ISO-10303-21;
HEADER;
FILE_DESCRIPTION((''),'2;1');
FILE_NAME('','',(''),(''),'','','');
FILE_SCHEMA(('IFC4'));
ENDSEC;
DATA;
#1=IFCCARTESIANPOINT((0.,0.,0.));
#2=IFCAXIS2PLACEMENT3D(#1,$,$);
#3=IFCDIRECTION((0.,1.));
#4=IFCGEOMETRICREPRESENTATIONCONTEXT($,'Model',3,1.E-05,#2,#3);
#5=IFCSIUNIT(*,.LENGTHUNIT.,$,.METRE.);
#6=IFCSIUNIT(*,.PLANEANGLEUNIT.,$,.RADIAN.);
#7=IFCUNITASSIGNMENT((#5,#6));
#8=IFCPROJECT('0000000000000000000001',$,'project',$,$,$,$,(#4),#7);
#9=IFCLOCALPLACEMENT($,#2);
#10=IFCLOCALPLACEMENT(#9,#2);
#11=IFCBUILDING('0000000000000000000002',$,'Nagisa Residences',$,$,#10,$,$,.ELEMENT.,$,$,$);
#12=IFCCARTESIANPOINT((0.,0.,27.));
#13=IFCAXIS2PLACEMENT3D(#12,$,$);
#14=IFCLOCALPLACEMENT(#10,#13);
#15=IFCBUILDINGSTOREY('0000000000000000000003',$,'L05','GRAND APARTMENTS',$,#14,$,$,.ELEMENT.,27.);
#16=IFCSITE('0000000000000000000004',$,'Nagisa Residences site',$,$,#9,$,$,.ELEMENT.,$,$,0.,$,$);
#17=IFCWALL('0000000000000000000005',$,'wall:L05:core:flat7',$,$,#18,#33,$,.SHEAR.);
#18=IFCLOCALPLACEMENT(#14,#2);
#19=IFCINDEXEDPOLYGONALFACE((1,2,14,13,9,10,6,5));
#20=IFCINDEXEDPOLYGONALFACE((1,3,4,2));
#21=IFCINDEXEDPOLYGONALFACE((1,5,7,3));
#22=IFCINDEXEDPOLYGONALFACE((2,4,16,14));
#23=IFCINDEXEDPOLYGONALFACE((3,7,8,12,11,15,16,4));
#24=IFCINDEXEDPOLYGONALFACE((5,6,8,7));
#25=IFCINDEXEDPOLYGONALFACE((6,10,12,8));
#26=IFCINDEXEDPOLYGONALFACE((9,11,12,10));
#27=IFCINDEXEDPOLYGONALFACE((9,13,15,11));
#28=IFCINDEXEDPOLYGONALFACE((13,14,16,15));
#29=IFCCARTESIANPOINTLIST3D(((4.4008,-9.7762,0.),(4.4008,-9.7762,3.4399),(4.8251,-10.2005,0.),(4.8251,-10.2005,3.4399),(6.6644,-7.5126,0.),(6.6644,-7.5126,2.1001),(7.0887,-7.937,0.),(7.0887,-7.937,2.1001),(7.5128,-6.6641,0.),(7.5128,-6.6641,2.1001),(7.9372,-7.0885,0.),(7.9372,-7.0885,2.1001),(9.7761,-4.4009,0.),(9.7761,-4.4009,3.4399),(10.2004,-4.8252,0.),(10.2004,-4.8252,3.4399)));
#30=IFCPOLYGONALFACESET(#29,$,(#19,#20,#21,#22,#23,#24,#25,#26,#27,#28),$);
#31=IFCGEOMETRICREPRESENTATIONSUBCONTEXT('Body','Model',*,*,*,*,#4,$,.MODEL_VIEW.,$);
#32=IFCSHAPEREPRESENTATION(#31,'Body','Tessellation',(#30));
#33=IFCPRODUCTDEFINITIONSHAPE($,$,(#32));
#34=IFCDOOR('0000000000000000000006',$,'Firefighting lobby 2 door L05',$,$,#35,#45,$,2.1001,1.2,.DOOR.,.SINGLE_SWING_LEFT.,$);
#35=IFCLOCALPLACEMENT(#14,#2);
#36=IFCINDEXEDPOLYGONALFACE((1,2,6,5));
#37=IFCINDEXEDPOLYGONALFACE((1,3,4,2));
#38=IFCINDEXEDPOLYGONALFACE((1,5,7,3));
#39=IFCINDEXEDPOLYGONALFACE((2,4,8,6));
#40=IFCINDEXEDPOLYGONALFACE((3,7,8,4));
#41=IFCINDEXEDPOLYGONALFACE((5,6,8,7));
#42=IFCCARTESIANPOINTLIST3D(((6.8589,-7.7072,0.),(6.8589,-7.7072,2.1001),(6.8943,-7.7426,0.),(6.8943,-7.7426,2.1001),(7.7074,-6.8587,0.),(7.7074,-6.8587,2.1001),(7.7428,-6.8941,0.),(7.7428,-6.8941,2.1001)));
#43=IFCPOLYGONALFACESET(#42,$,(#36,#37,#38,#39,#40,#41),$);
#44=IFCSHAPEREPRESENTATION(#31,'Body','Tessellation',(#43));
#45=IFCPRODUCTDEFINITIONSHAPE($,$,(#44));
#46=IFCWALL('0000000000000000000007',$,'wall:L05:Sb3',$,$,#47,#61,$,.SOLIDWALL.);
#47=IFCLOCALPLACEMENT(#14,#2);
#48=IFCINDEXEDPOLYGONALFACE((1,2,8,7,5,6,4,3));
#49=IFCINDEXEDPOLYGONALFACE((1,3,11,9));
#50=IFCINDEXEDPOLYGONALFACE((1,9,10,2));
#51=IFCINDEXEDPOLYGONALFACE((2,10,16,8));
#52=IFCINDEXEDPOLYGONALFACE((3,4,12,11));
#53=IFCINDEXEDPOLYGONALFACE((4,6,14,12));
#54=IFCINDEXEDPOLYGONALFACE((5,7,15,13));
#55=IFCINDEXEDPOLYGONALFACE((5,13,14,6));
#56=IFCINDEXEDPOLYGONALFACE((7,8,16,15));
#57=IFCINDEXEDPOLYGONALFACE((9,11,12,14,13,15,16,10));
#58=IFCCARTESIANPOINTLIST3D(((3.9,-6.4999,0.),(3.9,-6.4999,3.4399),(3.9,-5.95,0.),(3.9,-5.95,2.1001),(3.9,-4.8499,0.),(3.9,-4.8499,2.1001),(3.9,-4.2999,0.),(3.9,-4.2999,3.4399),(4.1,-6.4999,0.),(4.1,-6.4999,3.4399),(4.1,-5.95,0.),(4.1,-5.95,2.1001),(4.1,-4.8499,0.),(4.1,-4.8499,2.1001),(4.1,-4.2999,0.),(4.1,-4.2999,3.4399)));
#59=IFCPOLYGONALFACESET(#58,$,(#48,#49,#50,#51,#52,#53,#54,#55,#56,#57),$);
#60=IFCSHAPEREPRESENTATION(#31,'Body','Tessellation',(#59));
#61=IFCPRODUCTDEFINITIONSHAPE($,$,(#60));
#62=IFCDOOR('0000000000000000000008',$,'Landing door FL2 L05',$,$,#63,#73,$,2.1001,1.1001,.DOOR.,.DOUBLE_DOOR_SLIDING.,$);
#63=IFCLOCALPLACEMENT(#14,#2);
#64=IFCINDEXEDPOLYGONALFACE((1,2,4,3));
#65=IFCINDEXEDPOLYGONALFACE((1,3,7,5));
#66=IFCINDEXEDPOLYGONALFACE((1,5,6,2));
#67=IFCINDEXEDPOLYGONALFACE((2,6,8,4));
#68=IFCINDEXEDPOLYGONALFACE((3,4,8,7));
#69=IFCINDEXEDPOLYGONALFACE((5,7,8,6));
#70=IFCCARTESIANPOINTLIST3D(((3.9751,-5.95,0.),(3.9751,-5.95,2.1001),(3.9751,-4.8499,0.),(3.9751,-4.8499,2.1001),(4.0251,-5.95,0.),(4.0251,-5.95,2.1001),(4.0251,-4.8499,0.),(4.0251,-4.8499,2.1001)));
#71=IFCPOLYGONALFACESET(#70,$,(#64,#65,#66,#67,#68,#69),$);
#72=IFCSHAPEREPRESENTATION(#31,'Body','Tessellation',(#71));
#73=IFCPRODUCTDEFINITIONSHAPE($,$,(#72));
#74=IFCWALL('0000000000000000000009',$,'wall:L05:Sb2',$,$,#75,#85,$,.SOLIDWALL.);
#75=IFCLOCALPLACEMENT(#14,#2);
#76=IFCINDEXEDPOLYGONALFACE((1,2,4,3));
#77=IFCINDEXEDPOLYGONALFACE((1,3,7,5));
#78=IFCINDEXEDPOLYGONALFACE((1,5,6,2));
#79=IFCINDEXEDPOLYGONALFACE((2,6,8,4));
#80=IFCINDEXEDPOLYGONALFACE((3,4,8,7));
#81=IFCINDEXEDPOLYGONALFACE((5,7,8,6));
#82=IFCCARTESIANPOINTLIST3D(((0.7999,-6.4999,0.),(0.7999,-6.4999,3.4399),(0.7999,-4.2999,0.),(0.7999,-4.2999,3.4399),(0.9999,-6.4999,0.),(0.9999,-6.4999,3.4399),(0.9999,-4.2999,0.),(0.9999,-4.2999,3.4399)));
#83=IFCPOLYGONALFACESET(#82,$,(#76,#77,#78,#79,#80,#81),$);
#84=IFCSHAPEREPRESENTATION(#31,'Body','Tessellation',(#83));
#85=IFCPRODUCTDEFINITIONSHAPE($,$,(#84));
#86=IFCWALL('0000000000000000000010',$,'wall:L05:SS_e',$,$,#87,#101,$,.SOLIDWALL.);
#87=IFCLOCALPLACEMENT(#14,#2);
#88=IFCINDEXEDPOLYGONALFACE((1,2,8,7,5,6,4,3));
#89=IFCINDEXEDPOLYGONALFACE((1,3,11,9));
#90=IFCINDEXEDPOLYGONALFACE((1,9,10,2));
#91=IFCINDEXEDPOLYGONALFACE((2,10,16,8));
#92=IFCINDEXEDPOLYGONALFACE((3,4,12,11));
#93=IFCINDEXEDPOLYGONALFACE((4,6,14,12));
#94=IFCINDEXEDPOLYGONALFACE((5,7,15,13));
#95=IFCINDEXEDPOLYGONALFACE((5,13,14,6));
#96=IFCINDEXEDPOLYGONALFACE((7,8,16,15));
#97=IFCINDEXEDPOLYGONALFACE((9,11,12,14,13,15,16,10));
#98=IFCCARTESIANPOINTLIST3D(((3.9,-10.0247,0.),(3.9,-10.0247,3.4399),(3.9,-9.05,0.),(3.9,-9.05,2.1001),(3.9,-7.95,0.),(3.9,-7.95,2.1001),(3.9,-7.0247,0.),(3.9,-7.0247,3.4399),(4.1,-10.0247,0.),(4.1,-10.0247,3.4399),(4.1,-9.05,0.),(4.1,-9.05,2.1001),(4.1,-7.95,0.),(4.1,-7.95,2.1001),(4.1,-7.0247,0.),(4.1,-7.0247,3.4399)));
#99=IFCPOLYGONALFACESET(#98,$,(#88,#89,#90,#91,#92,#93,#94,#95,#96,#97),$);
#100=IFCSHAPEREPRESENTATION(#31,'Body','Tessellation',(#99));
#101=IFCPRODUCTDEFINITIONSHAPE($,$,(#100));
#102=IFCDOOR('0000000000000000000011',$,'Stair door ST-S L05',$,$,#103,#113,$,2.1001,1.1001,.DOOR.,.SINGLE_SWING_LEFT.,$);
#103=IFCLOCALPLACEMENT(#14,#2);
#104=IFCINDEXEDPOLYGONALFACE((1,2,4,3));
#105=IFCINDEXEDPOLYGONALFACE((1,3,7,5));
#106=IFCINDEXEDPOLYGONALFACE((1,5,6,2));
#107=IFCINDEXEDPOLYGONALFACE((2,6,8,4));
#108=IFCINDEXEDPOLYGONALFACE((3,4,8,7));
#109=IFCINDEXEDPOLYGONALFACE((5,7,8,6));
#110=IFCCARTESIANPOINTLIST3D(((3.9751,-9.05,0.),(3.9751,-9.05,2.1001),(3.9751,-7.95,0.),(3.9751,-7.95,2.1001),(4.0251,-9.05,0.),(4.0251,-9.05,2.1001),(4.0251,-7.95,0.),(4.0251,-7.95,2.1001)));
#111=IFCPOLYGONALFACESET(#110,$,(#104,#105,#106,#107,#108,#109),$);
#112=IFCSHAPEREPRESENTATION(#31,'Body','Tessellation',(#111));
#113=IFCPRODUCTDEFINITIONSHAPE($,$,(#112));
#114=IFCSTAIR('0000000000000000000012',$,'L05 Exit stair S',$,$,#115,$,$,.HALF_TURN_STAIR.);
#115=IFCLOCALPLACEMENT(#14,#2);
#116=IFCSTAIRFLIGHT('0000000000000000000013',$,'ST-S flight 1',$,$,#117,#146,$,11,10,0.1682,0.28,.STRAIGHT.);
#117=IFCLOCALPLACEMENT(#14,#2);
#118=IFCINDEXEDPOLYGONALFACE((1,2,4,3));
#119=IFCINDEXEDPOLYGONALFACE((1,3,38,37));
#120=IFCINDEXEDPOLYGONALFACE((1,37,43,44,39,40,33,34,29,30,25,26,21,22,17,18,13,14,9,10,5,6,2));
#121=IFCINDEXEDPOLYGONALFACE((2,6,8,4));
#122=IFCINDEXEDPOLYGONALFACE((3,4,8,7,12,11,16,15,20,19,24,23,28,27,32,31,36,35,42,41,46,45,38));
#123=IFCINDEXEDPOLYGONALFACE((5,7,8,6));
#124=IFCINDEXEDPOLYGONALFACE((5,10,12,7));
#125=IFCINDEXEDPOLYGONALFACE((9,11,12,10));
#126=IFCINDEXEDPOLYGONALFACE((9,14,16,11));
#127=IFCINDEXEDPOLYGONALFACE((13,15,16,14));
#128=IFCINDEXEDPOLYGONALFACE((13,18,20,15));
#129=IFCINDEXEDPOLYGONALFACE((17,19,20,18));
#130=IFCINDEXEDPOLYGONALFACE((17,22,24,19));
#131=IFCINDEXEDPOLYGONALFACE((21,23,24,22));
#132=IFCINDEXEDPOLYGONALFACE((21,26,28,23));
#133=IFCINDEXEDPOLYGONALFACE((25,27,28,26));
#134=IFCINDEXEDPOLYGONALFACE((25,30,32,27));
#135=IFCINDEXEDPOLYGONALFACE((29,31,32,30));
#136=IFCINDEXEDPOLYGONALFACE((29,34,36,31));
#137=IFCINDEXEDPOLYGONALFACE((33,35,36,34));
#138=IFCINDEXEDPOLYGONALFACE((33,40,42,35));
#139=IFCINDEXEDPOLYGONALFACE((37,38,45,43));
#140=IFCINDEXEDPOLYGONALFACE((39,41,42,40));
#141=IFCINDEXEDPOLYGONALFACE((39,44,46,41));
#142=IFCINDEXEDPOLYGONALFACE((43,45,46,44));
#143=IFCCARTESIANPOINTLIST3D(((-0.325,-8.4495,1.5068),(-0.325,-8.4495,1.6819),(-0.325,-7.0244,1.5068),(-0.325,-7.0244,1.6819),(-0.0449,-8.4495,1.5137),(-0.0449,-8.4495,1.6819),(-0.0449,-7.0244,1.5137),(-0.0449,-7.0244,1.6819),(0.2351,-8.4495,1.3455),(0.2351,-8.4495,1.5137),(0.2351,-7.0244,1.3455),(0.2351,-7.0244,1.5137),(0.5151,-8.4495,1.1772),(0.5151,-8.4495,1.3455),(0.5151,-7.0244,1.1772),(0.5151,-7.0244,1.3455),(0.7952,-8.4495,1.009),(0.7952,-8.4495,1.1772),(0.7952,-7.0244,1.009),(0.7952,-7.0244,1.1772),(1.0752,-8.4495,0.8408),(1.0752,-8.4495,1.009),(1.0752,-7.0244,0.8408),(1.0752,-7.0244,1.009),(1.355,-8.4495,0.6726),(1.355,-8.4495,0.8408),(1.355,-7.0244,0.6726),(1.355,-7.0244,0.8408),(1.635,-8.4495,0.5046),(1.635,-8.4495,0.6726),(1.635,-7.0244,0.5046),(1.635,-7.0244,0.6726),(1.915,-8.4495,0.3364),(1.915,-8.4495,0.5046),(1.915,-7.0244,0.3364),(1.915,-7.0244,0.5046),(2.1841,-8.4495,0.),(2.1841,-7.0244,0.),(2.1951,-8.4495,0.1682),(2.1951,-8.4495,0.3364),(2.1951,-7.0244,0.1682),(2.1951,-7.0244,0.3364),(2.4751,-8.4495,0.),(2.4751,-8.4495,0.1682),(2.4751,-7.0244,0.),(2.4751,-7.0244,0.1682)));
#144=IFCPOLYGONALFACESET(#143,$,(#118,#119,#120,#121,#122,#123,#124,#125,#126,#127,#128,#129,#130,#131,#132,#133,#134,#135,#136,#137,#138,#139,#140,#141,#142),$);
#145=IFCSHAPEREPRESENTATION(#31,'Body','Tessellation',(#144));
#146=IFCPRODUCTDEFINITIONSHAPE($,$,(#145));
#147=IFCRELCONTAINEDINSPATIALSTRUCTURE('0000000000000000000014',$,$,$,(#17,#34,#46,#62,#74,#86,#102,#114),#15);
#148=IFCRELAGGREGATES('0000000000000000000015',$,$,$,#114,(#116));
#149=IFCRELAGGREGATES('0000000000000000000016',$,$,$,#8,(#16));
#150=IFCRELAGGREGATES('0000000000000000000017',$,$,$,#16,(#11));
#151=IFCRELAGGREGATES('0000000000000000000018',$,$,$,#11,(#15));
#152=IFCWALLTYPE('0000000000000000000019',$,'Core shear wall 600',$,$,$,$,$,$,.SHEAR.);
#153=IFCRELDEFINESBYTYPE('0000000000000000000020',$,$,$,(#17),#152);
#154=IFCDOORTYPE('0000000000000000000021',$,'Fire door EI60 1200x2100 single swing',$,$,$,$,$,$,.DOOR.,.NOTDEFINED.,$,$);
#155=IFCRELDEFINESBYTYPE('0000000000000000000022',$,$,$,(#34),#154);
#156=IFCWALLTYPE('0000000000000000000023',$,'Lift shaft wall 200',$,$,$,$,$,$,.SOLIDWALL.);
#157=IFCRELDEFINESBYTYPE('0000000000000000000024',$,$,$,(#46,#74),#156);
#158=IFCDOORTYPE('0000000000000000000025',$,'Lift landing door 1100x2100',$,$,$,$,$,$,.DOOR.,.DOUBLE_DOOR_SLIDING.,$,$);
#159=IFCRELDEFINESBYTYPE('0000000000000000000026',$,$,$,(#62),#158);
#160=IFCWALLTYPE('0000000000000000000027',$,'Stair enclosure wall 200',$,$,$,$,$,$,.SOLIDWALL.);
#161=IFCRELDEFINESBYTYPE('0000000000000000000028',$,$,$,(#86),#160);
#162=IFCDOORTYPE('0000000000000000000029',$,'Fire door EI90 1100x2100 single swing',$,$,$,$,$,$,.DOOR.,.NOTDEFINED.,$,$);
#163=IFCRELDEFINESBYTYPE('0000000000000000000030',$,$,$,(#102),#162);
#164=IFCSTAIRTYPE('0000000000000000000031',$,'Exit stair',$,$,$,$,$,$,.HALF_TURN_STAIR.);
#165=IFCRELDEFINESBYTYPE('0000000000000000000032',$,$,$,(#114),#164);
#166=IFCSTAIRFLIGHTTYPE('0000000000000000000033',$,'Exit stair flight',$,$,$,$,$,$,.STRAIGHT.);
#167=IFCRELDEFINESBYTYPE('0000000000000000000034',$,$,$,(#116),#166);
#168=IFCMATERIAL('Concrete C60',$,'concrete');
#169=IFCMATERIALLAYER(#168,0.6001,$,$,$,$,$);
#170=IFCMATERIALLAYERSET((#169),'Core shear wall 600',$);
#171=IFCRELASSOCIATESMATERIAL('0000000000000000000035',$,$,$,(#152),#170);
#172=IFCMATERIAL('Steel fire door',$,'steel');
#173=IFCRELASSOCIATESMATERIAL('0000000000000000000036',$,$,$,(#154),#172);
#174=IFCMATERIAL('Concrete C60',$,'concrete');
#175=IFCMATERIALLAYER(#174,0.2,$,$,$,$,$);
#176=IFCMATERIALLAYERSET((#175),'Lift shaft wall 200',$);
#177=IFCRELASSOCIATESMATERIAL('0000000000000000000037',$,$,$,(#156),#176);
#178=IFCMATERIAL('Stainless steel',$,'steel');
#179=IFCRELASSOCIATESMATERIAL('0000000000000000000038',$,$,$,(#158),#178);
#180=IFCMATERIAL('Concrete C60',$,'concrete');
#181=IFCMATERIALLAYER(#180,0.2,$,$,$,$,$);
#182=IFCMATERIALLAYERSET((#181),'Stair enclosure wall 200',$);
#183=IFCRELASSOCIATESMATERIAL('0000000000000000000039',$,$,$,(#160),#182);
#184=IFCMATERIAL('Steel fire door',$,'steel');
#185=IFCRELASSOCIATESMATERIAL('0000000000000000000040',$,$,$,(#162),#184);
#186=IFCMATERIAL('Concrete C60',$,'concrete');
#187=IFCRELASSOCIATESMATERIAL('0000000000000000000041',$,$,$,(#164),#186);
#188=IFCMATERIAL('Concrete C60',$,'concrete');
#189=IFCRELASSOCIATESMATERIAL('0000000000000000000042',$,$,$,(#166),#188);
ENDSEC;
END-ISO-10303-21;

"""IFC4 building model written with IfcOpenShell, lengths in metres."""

from ifc_helpers import new_model, si_unit, direction, frame, frame_2d, origin, place, context, subcontext, project, spatial, polyline, rectangle, outline, extrude, material, layer, layer_set, type_object, element, fill, aggregate, save


model = new_model("IFC4")

# Units and contexts
model_context = context("Model", 3, precision=1e-05, world=origin(), true_north=direction((0.0, 1.0)))
body_context = subcontext(model_context, "Body", "Model", "MODEL_VIEW")
ifc_project = project(units=[si_unit("LENGTHUNIT", "METRE"), si_unit("PLANEANGLEUNIT", "RADIAN")], contexts=[model_context])

# Site, building, storey
site_placement = place(None, origin())
site = spatial("IfcSite", under=ifc_project, at=site_placement, Name="Nagisa Residences site", CompositionType="ELEMENT", RefElevation=0.0)
building_placement = place(site_placement, origin())
building = spatial("IfcBuilding", under=site, at=building_placement, Name="Nagisa Residences", CompositionType="ELEMENT")
storey_placement = place(building_placement, frame((0.0, 0.0, 27.0)))
storey = spatial("IfcBuildingStorey", under=building, at=storey_placement, Name="L05", Description="GRAND APARTMENTS", CompositionType="ELEMENT", Elevation=27.0)

# Walls, openings, doors
ifc_material_1 = material(Name="Concrete C60", Category="concrete")
ifc_layer_1 = layer(ifc_material_1, 0.6001)
ifc_layer_set_1 = layer_set([ifc_layer_1], Name="Core shear wall 600")
wall_type_1 = type_object("IfcWallType", Name="Core shear wall 600", PredefinedType="SHEAR", material=ifc_layer_set_1)
wall_1_placement = place(storey_placement, frame((4.613, -9.9883, 0.0), z_axis=(0.0, 0.0, 1.0), x_axis=(0.707107, 0.707107, 0.0)))
wall_1 = element("IfcWall", 1, at=wall_1_placement, inside=storey, type_object=wall_type_1, Name="wall:L05:core:flat7", PredefinedType="SHEAR", context=body_context, shape_type="SweptSolid", body=[
    extrude(rectangle(XDim=7.6018, YDim=0.6001, at=frame_2d((3.8008, 0.0))), origin(), (0.0, 0.0, 1.0), 3.4399),
])
opening_1_placement = place(wall_1_placement, frame((3.2009, 0.0, 0.0)))
opening_1 = element("IfcOpeningElement", 2, at=opening_1_placement, cuts=wall_1, PredefinedType="OPENING", context=body_context, shape_type="SweptSolid", body=[
    extrude(rectangle(XDim=1.2, YDim=2.1001, at=frame_2d((0.6001, 1.05))), frame((0.0, 0.3101, 0.0), z_axis=(0.0, -1.0, 0.0), x_axis=(1.0, 0.0, 0.0)), (0.0, 0.0, 1.0), 0.6201),
])
ifc_material_2 = material(Name="Steel fire door", Category="steel")
door_type_1 = type_object("IfcDoorType", Name="Fire door EI60 1200x2100 single swing", OperationType="NOTDEFINED", PredefinedType="DOOR", material=ifc_material_2)
door_1_placement = place(opening_1_placement, origin())
door_1 = element("IfcDoor", 3, at=door_1_placement, inside=storey, type_object=door_type_1, Name="Firefighting lobby 2 door L05", OperationType="SINGLE_SWING_LEFT", OverallHeight=2.1001, OverallWidth=1.2, PredefinedType="DOOR", context=body_context, shape_type="SweptSolid", body=[
    extrude(rectangle(XDim=1.2, YDim=2.1001, at=frame_2d((0.6001, 1.05))), frame((0.0, 0.0249, 0.0), z_axis=(0.0, -1.0, 0.0), x_axis=(1.0, 0.0, 0.0)), (0.0, 0.0, 1.0), 0.05),
])
fill(opening_1, door_1)
ifc_material_3 = material(Name="Concrete C60", Category="concrete")
ifc_layer_2 = layer(ifc_material_3, 0.2)
ifc_layer_set_2 = layer_set([ifc_layer_2], Name="Lift shaft wall 200")
wall_type_2 = type_object("IfcWallType", Name="Lift shaft wall 200", PredefinedType="SOLIDWALL", material=ifc_layer_set_2)
wall_2_placement = place(storey_placement, frame((4.0, -6.5, 0.0), z_axis=(0.0, 0.0, 1.0), x_axis=(0.0, 1.0, 0.0)))
wall_2 = element("IfcWall", 4, at=wall_2_placement, inside=storey, type_object=wall_type_2, Name="wall:L05:Sb3", PredefinedType="SOLIDWALL", context=body_context, shape_type="SweptSolid", body=[
    extrude(rectangle(XDim=2.2, YDim=0.2, at=frame_2d((1.1001, 0.0))), origin(), (0.0, 0.0, 1.0), 3.4399),
])
opening_2_placement = place(wall_2_placement, frame((0.55, 0.0, 0.0)))
opening_2 = element("IfcOpeningElement", 5, at=opening_2_placement, cuts=wall_2, PredefinedType="OPENING", context=body_context, shape_type="SweptSolid", body=[
    extrude(rectangle(XDim=1.1001, YDim=2.1001, at=frame_2d((0.55, 1.05))), frame((0.0, 0.1099, 0.0), z_axis=(0.0, -1.0, 0.0), x_axis=(1.0, 0.0, 0.0)), (0.0, 0.0, 1.0), 0.22),
])
ifc_material_4 = material(Name="Stainless steel", Category="steel")
door_type_2 = type_object("IfcDoorType", Name="Lift landing door 1100x2100", OperationType="DOUBLE_DOOR_SLIDING", PredefinedType="DOOR", material=ifc_material_4)
door_2_placement = place(opening_2_placement, origin())
door_2 = element("IfcDoor", 6, at=door_2_placement, inside=storey, type_object=door_type_2, Name="Landing door FL2 L05", OperationType="DOUBLE_DOOR_SLIDING", OverallHeight=2.1001, OverallWidth=1.1001, PredefinedType="DOOR", context=body_context, shape_type="SweptSolid", body=[
    extrude(rectangle(XDim=1.1001, YDim=2.1001, at=frame_2d((0.55, 1.05))), frame((0.0, 0.0249, 0.0), z_axis=(0.0, -1.0, 0.0), x_axis=(1.0, 0.0, 0.0)), (0.0, 0.0, 1.0), 0.05),
])
fill(opening_2, door_2)

# Wall
wall_3_placement = place(storey_placement, frame((0.8999, -6.5, 0.0), z_axis=(0.0, 0.0, 1.0), x_axis=(0.0, 1.0, 0.0)))
element("IfcWall", 7, at=wall_3_placement, inside=storey, type_object=wall_type_2, Name="wall:L05:Sb2", PredefinedType="SOLIDWALL", context=body_context, shape_type="SweptSolid", body=[
    extrude(rectangle(XDim=2.2, YDim=0.2, at=frame_2d((1.1001, 0.0))), origin(), (0.0, 0.0, 1.0), 3.4399),
])

# Wall, opening, door
ifc_material_5 = material(Name="Concrete C60", Category="concrete")
ifc_layer_3 = layer(ifc_material_5, 0.2)
ifc_layer_set_3 = layer_set([ifc_layer_3], Name="Stair enclosure wall 200")
wall_type_3 = type_object("IfcWallType", Name="Stair enclosure wall 200", PredefinedType="SOLIDWALL", material=ifc_layer_set_3)
wall_4_placement = place(storey_placement, frame((4.0, -10.0247, 0.0), z_axis=(0.0, 0.0, 1.0), x_axis=(0.0, 1.0, 0.0)))
wall_4 = element("IfcWall", 8, at=wall_4_placement, inside=storey, type_object=wall_type_3, Name="wall:L05:SS_e", PredefinedType="SOLIDWALL", context=body_context, shape_type="SweptSolid", body=[
    extrude(rectangle(XDim=3.0, YDim=0.2, at=frame_2d((1.5, 0.0))), origin(), (0.0, 0.0, 1.0), 3.4399),
])
opening_3_placement = place(wall_4_placement, frame((0.9746, 0.0, 0.0)))
opening_3 = element("IfcOpeningElement", 9, at=opening_3_placement, cuts=wall_4, PredefinedType="OPENING", context=body_context, shape_type="SweptSolid", body=[
    extrude(rectangle(XDim=1.1001, YDim=2.1001, at=frame_2d((0.55, 1.05))), frame((0.0, 0.1099, 0.0), z_axis=(0.0, -1.0, 0.0), x_axis=(1.0, 0.0, 0.0)), (0.0, 0.0, 1.0), 0.22),
])
ifc_material_6 = material(Name="Steel fire door", Category="steel")
door_type_3 = type_object("IfcDoorType", Name="Fire door EI90 1100x2100 single swing", OperationType="NOTDEFINED", PredefinedType="DOOR", material=ifc_material_6)
door_3_placement = place(opening_3_placement, origin())
door_3 = element("IfcDoor", 10, at=door_3_placement, inside=storey, type_object=door_type_3, Name="Stair door ST-S L05", OperationType="SINGLE_SWING_LEFT", OverallHeight=2.1001, OverallWidth=1.1001, PredefinedType="DOOR", context=body_context, shape_type="SweptSolid", body=[
    extrude(rectangle(XDim=1.1001, YDim=2.1001, at=frame_2d((0.55, 1.05))), frame((0.0, 0.0249, 0.0), z_axis=(0.0, -1.0, 0.0), x_axis=(1.0, 0.0, 0.0)), (0.0, 0.0, 1.0), 0.05),
])
fill(opening_3, door_3)

# Stair, stair flight
ifc_material_7 = material(Name="Concrete C60", Category="concrete")
stair_type = type_object("IfcStairType", Name="Exit stair", PredefinedType="HALF_TURN_STAIR", material=ifc_material_7)
stair_placement = place(storey_placement, origin())
stair = element("IfcStair", 11, at=stair_placement, inside=storey, type_object=stair_type, Name="L05 Exit stair S", PredefinedType="HALF_TURN_STAIR")
ifc_material_8 = material(Name="Concrete C60", Category="concrete")
stair_flight_type = type_object("IfcStairFlightType", Name="Exit stair flight", PredefinedType="STRAIGHT", material=ifc_material_8)
stair_flight_placement = place(storey_placement, frame((2.4751, -7.7371, 0.0), z_axis=(0.0, 0.0, 1.0), x_axis=(-1.0, 0.0, 0.0)))
stair_flight = element("IfcStairFlight", 12, at=stair_flight_placement, type_object=stair_flight_type, Name="ST-S flight 1", NumberOfRisers=11, NumberOfTreads=10, PredefinedType="STRAIGHT", RiserHeight=0.1682, TreadLength=0.28, context=body_context, shape_type="SweptSolid", body=[
    extrude(outline(polyline([(0.0, 0.0), (0.0, 0.1682), (0.28, 0.1682), (0.28, 0.3364), (0.5601, 0.3364), (0.5601, 0.5046), (0.8401, 0.5046), (0.8401, 0.6726), (1.1201, 0.6726), (1.1201, 0.8408), (1.3999, 0.8408), (1.3999, 1.009), (1.6799, 1.009), (1.6799, 1.1772), (1.96, 1.1772), (1.96, 1.3455), (2.24, 1.3455), (2.24, 1.5137), (2.52, 1.5137), (2.52, 1.6819), (2.8, 1.6819), (2.8, 1.8501), (2.8, 1.5068), (0.291, 0.0), (0.0, 0.0)])), frame((0.0, 0.7124, 0.0), z_axis=(0.0, -1.0, 0.0), x_axis=(1.0, 0.0, 0.0)), (0.0, 0.0, 1.0), 1.425),
])
aggregate(stair, [stair_flight])

save(model, "model.ifc")
